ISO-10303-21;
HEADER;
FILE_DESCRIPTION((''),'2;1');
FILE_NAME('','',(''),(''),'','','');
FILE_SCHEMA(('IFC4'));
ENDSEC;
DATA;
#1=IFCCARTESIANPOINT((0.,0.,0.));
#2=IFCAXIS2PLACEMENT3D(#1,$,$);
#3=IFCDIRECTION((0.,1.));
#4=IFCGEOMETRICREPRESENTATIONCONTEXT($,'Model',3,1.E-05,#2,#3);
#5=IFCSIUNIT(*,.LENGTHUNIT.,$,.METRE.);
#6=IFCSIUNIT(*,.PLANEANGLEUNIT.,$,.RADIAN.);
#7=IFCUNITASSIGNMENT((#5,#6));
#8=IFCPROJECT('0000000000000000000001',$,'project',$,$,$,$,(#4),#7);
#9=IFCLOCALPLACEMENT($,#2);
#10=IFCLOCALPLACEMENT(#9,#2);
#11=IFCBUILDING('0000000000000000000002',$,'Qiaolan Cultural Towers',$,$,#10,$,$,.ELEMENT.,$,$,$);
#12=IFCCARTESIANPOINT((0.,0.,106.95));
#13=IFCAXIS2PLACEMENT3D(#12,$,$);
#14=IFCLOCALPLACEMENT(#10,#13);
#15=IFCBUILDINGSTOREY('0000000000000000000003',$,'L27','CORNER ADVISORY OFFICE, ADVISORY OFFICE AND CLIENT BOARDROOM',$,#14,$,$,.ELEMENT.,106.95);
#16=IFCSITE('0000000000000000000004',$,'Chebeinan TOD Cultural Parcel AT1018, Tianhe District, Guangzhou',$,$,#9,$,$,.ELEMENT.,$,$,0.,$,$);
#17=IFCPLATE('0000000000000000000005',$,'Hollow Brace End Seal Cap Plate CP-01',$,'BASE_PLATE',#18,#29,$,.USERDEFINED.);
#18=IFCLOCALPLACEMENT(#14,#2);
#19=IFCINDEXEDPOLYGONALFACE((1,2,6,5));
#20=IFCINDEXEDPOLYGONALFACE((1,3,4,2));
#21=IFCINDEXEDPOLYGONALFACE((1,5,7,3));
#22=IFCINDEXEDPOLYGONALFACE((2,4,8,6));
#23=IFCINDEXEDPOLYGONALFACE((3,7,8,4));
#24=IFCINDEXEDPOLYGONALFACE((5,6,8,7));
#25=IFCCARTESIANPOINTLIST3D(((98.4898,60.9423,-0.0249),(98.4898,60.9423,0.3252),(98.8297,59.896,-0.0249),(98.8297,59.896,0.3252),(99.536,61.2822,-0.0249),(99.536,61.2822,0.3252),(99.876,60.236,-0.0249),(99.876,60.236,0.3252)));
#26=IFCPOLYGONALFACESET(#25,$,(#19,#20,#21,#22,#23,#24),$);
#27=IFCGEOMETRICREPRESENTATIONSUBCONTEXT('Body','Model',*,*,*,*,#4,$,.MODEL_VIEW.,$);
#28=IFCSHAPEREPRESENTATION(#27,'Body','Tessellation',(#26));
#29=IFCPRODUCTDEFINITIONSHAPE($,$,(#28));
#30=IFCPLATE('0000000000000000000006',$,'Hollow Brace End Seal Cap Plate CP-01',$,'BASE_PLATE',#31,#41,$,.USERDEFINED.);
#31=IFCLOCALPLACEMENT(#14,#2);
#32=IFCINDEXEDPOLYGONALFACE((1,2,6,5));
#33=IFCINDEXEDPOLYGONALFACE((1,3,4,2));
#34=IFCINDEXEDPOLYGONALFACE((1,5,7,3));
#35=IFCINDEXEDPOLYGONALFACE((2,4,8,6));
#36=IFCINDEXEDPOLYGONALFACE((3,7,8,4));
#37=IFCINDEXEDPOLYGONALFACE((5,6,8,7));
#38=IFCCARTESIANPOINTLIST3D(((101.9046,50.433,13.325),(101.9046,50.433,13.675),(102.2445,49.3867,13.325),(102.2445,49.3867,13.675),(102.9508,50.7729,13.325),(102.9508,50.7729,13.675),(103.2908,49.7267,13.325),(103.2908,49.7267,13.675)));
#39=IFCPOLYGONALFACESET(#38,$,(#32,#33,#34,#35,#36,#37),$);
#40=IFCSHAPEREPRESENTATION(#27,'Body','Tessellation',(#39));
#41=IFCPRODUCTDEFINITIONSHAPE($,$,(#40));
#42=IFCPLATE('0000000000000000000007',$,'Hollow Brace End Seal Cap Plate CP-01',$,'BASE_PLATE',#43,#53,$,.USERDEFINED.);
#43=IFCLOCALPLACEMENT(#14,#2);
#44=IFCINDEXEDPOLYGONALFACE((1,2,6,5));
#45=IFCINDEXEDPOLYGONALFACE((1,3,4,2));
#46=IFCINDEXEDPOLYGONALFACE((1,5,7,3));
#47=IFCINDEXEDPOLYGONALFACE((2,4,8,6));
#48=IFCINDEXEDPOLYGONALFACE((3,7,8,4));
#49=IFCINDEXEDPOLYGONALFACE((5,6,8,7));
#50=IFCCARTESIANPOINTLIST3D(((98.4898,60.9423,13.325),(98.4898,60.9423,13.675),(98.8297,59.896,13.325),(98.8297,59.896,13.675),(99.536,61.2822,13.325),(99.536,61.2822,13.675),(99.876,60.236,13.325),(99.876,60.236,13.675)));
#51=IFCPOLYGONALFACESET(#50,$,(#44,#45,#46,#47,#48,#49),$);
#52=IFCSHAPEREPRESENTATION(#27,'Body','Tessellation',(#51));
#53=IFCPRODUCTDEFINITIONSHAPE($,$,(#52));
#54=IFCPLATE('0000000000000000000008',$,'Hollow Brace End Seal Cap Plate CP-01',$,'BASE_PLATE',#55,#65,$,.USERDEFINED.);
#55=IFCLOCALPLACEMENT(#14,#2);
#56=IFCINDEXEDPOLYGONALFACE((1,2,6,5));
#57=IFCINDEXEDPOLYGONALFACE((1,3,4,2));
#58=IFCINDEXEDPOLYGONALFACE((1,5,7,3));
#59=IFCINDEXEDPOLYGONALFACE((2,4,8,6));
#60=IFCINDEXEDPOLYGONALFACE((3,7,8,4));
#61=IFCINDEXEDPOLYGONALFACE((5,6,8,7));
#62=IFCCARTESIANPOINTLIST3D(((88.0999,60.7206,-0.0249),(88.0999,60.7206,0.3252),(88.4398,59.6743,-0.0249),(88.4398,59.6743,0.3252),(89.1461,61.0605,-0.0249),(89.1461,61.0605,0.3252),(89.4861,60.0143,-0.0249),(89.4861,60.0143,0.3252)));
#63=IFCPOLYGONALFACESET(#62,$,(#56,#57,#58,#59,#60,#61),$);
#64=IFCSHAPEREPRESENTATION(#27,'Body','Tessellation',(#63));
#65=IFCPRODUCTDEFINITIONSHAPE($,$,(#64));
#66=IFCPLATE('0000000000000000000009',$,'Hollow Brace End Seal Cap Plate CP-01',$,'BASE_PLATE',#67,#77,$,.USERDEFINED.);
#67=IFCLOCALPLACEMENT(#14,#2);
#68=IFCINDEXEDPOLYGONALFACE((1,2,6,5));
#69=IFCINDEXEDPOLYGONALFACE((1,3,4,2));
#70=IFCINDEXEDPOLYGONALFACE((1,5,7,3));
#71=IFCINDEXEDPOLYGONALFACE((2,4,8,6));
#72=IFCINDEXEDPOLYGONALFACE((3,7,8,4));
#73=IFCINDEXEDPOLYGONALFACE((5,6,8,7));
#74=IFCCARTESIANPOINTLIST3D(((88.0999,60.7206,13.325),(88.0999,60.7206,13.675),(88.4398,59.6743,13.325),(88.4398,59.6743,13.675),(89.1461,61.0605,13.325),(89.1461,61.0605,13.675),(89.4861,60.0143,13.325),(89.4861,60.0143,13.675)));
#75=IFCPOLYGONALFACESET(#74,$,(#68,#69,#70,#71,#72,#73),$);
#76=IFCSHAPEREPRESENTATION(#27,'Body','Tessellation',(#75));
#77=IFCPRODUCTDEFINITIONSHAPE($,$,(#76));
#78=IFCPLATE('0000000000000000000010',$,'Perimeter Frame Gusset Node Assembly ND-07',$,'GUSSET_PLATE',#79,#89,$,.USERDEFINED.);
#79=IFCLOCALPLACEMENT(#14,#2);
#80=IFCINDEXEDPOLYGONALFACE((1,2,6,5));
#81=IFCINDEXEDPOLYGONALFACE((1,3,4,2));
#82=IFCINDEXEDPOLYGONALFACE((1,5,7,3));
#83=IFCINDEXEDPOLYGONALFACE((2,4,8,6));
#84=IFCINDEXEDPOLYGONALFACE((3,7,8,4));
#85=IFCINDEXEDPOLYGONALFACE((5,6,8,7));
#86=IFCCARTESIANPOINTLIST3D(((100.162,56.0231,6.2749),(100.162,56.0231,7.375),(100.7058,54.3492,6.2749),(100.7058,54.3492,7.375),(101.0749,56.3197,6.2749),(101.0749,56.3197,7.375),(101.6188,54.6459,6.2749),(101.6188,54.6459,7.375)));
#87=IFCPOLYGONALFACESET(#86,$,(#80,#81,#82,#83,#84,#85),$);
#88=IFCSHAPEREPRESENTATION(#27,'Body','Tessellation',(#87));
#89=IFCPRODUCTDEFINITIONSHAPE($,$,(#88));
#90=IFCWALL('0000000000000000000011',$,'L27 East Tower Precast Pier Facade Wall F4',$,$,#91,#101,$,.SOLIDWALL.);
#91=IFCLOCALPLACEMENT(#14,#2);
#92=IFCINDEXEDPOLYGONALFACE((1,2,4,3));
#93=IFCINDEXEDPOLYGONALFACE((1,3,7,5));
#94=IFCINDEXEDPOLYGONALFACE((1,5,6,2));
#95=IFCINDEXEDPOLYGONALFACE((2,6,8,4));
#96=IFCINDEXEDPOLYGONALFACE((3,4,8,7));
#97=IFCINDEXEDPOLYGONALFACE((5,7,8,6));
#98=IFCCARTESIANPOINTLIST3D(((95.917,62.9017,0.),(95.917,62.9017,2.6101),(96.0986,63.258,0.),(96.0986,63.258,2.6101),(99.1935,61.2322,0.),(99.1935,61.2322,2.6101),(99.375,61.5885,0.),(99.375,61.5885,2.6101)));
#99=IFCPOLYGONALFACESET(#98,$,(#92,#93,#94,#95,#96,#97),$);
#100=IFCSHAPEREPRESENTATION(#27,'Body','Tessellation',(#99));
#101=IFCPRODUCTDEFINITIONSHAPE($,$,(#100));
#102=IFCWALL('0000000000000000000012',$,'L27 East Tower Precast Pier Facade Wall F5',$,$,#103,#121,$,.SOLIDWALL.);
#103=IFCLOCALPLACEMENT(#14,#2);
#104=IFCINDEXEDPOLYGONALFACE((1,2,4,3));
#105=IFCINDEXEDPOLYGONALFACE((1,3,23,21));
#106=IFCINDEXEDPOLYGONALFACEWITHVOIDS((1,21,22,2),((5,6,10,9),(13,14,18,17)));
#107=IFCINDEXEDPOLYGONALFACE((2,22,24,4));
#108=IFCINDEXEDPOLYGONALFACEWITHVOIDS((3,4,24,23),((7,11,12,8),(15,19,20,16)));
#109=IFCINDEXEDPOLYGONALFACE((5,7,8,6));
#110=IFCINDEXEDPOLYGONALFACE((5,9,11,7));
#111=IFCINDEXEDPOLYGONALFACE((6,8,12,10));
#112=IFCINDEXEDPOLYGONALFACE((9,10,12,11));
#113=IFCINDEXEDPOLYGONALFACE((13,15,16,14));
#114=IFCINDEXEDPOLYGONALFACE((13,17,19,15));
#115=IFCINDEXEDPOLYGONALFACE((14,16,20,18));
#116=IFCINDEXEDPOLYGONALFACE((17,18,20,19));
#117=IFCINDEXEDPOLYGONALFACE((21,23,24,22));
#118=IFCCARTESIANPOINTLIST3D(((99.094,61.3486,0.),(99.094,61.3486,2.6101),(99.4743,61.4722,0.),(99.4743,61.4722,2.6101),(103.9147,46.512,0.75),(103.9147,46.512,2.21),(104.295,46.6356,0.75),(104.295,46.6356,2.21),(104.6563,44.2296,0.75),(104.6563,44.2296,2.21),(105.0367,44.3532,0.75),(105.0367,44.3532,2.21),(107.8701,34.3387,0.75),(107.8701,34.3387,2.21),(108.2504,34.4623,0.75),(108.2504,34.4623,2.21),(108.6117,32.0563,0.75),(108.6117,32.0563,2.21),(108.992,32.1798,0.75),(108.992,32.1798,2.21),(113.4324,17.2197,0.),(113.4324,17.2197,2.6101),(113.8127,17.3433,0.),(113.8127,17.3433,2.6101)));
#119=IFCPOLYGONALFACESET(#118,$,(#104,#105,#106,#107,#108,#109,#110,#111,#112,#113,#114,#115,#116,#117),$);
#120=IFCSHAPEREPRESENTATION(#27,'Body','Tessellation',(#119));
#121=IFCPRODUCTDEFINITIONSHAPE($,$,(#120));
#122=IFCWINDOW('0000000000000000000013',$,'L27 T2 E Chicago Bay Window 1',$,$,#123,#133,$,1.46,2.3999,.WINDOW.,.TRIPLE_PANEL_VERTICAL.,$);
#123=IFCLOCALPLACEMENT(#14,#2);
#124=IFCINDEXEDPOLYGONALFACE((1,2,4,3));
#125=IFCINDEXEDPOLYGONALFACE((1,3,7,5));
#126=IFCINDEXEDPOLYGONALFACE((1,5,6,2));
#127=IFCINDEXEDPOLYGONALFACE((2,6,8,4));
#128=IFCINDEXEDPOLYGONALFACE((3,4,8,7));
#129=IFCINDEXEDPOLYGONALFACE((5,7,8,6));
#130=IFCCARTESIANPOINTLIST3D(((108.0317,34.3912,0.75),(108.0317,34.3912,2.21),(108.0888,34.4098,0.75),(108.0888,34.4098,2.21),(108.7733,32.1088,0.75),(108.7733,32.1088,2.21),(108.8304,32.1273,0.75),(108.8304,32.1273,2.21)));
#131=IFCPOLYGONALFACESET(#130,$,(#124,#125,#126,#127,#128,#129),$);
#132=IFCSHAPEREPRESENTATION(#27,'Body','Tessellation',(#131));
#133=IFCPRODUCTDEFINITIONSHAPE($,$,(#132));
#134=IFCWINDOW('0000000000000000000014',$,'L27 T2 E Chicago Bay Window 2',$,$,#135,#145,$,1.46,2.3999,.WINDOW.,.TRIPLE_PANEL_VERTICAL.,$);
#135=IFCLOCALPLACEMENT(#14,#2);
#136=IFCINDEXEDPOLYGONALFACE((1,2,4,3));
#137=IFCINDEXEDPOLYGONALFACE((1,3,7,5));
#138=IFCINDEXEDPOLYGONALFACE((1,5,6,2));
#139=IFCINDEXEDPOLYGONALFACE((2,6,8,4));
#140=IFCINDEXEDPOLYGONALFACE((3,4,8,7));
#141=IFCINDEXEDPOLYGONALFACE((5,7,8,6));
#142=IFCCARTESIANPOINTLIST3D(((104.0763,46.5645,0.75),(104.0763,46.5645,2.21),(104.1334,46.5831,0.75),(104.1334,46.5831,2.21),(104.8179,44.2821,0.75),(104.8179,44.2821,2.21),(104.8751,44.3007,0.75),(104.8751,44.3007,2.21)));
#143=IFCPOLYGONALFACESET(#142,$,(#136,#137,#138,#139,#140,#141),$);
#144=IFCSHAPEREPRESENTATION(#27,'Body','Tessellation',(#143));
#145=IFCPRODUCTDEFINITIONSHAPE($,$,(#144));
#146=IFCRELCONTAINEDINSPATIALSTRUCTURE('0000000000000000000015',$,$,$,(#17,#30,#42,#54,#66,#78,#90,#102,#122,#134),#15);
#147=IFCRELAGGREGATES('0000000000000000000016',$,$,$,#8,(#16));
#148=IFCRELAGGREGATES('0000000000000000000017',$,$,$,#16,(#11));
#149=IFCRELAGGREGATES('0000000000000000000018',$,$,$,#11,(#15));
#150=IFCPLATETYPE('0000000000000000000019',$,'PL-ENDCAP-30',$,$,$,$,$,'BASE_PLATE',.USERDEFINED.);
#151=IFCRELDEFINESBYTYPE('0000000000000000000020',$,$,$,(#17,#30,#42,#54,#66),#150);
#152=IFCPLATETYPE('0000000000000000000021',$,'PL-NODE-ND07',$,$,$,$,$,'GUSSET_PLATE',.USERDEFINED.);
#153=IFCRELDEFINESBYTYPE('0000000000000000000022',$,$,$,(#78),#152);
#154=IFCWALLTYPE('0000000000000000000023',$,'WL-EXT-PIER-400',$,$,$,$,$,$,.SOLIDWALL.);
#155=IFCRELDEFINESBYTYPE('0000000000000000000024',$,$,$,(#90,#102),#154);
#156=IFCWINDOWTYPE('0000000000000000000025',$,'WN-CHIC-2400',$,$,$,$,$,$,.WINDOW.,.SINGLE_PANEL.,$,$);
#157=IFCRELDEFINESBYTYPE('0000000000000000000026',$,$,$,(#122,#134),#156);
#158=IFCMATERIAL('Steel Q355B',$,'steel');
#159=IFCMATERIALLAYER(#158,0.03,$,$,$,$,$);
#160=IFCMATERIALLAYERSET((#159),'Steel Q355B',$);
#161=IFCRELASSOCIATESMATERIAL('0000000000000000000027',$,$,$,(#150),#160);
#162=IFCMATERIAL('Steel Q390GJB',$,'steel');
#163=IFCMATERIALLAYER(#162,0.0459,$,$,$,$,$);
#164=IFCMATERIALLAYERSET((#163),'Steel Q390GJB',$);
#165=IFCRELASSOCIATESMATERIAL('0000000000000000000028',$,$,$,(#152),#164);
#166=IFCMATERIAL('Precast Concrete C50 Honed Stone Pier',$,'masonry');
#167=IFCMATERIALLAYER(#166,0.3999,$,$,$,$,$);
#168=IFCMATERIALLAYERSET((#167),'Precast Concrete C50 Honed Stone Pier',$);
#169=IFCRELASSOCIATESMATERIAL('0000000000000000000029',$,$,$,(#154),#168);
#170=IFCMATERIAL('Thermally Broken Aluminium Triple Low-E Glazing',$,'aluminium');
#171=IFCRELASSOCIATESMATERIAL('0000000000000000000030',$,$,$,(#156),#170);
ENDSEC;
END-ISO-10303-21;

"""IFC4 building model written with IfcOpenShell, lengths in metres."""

from ifc_helpers import new_model, si_unit, direction, frame, frame_2d, origin, origin_2d, place, context, subcontext, project, spatial, rectangle, extrude, material, layer, layer_set, type_object, element, fill, save


model = new_model("IFC4")

# Units and contexts
model_context = context("Model", 3, precision=1e-05, world=origin(), true_north=direction((0.0, 1.0)))
body_context = subcontext(model_context, "Body", "Model", "MODEL_VIEW")
ifc_project = project(units=[si_unit("LENGTHUNIT", "METRE"), si_unit("PLANEANGLEUNIT", "RADIAN")], contexts=[model_context])

# Site, building, storey
site_placement = place(None, origin())
site = spatial("IfcSite", under=ifc_project, at=site_placement, Name="Chebeinan TOD Cultural Parcel AT1018, Tianhe District, Guangzhou", CompositionType="ELEMENT", RefElevation=0.0)
building_placement = place(site_placement, origin())
building = spatial("IfcBuilding", under=site, at=building_placement, Name="Qiaolan Cultural Towers", CompositionType="ELEMENT")
storey_placement = place(building_placement, frame((0.0, 0.0, 106.95)))
storey = spatial("IfcBuildingStorey", under=building, at=storey_placement, Name="L27", Description="CORNER ADVISORY OFFICE, ADVISORY OFFICE AND CLIENT BOARDROOM", CompositionType="ELEMENT", Elevation=106.95)

# Plates
ifc_material_1 = material(Name="Steel Q355B", Category="steel")
ifc_layer_1 = layer(ifc_material_1, 0.03)
ifc_layer_set_1 = layer_set([ifc_layer_1], Name="Steel Q355B")
plate_type_1 = type_object("IfcPlateType", Name="PL-ENDCAP-30", ElementType="BASE_PLATE", PredefinedType="USERDEFINED", material=ifc_layer_set_1)
for number, where, z_axis, x_axis, name in (
    (1, (99.1829, 60.5891, -0.0249), (0.0, 0.0, 1.0), (-0.309017, 0.951057, 0.0), "Hollow Brace End Seal Cap Plate CP-01"),
    (2, (102.5977, 50.0798, 13.325), (0.0, 0.0, 1.0), (-0.309017, 0.951057, 0.0), "Hollow Brace End Seal Cap Plate CP-01"),
    (3, (99.1829, 60.5891, 13.325), (0.0, 0.0, 1.0), (-0.309017, 0.951057, 0.0), "Hollow Brace End Seal Cap Plate CP-01"),
    (4, (88.793, 60.3674, -0.0249), (0.0, 0.0, 1.0), (0.951057, 0.309017, 0.0), "Hollow Brace End Seal Cap Plate CP-01"),
    (5, (88.793, 60.3674, 13.325), (0.0, 0.0, 1.0), (0.951057, 0.309017, 0.0), "Hollow Brace End Seal Cap Plate CP-01"),
):
    element("IfcPlate", number, at=place(storey_placement, frame(where, z_axis=z_axis, x_axis=x_axis)), inside=storey, type_object=plate_type_1, Name=name, ObjectType="BASE_PLATE", PredefinedType="USERDEFINED", context=body_context, shape_type="SweptSolid", body=[
        extrude(rectangle(XDim=1.1001, YDim=1.1001, at=origin_2d()), origin(), (0.0, 0.0, 1.0), 0.3501),
    ])
ifc_material_2 = material(Name="Steel Q390GJB", Category="steel")
ifc_layer_2 = layer(ifc_material_2, 0.0459)
ifc_layer_set_2 = layer_set([ifc_layer_2], Name="Steel Q390GJB")
plate_type_2 = type_object("IfcPlateType", Name="PL-NODE-ND07", ElementType="GUSSET_PLATE", PredefinedType="USERDEFINED", material=ifc_layer_set_2)
plate_placement = place(storey_placement, frame((100.8904, 55.3345, 6.2749), z_axis=(0.0, 0.0, 1.0), x_axis=(-0.309017, 0.951057, 0.0)))
element("IfcPlate", 6, at=plate_placement, inside=storey, type_object=plate_type_2, Name="Perimeter Frame Gusset Node Assembly ND-07", ObjectType="GUSSET_PLATE", PredefinedType="USERDEFINED", context=body_context, shape_type="SweptSolid", body=[
    extrude(rectangle(XDim=1.76, YDim=0.96, at=origin_2d()), origin(), (0.0, 0.0, 1.0), 1.1001),
])

# Wall
ifc_material_3 = material(Name="Precast Concrete C50 Honed Stone Pier", Category="masonry")
ifc_layer_3 = layer(ifc_material_3, 0.3999)
ifc_layer_set_3 = layer_set([ifc_layer_3], Name="Precast Concrete C50 Honed Stone Pier")
wall_type_1 = type_object("IfcWallType", Name="WL-EXT-PIER-400", PredefinedType="SOLIDWALL", material=ifc_layer_set_3)
wall_1_placement = place(storey_placement, frame((96.0078, 63.0798, 0.0), z_axis=(0.0, 0.0, 1.0), x_axis=(0.891002, -0.453999, 0.0)))
element("IfcWall", 7, at=wall_1_placement, inside=storey, type_object=wall_type_1, Name="L27 East Tower Precast Pier Facade Wall F4", PredefinedType="SOLIDWALL", context=body_context, shape_type="SweptSolid", body=[
    extrude(rectangle(XDim=3.6772, YDim=0.3999, at=frame_2d((1.8386, 0.0))), origin(), (0.0, 0.0, 1.0), 2.6101),
])

# Wall, openings, windows
wall_2_placement = place(storey_placement, frame((99.2842, 61.4104, 0.0), z_axis=(0.0, 0.0, 1.0), x_axis=(0.309018, -0.951056, 0.0)))
wall_2 = element("IfcWall", 8, at=wall_2_placement, inside=storey, type_object=wall_type_1, Name="L27 East Tower Precast Pier Facade Wall F5", PredefinedType="SOLIDWALL", context=body_context, shape_type="SweptSolid", body=[
    extrude(rectangle(XDim=46.3999, YDim=0.3999, at=frame_2d((23.2, 0.0))), origin(), (0.0, 0.0, 1.0), 2.6101),
])
opening_1_placement = place(wall_2_placement, frame((28.3999, 0.0, 0.75)))
opening_1 = element("IfcOpeningElement", 9, at=opening_1_placement, cuts=wall_2, PredefinedType="OPENING", context=body_context, shape_type="SweptSolid", body=[
    extrude(rectangle(XDim=2.3999, YDim=1.46, at=frame_2d((1.2, 0.73))), frame((0.0, 0.21, 0.0), z_axis=(0.0, -1.0, 0.0), x_axis=(1.0, 0.0, 0.0)), (0.0, 0.0, 1.0), 0.4199),
])
opening_2_placement = place(wall_2_placement, frame((15.6001, 0.0, 0.75)))
opening_2 = element("IfcOpeningElement", 10, at=opening_2_placement, cuts=wall_2, PredefinedType="OPENING", context=body_context, shape_type="SweptSolid", body=[
    extrude(rectangle(XDim=2.3999, YDim=1.46, at=frame_2d((1.2, 0.73))), frame((0.0, 0.21, 0.0), z_axis=(0.0, -1.0, 0.0), x_axis=(1.0, 0.0, 0.0)), (0.0, 0.0, 1.0), 0.4199),
])
ifc_material_4 = material(Name="Thermally Broken Aluminium Triple Low-E Glazing", Category="aluminium")
window_type = type_object("IfcWindowType", Name="WN-CHIC-2400", PartitioningType="SINGLE_PANEL", PredefinedType="WINDOW", material=ifc_material_4)
window_1_placement = place(opening_1_placement, origin())
window_1 = element("IfcWindow", 11, at=window_1_placement, inside=storey, type_object=window_type, Name="L27 T2 E Chicago Bay Window 1", OverallHeight=1.46, OverallWidth=2.3999, PartitioningType="TRIPLE_PANEL_VERTICAL", PredefinedType="WINDOW", context=body_context, shape_type="SweptSolid", body=[
    extrude(rectangle(XDim=2.3999, YDim=1.46, at=frame_2d((1.2, 0.73))), frame((0.0, 0.03, 0.0), z_axis=(0.0, -1.0, 0.0), x_axis=(1.0, 0.0, 0.0)), (0.0, 0.0, 1.0), 0.0601),
])
fill(opening_1, window_1)
window_2_placement = place(opening_2_placement, origin())
window_2 = element("IfcWindow", 12, at=window_2_placement, inside=storey, type_object=window_type, Name="L27 T2 E Chicago Bay Window 2", OverallHeight=1.46, OverallWidth=2.3999, PartitioningType="TRIPLE_PANEL_VERTICAL", PredefinedType="WINDOW", context=body_context, shape_type="SweptSolid", body=[
    extrude(rectangle(XDim=2.3999, YDim=1.46, at=frame_2d((1.2, 0.73))), frame((0.0, 0.03, 0.0), z_axis=(0.0, -1.0, 0.0), x_axis=(1.0, 0.0, 0.0)), (0.0, 0.0, 1.0), 0.0601),
])
fill(opening_2, window_2)

save(model, "model.ifc")
